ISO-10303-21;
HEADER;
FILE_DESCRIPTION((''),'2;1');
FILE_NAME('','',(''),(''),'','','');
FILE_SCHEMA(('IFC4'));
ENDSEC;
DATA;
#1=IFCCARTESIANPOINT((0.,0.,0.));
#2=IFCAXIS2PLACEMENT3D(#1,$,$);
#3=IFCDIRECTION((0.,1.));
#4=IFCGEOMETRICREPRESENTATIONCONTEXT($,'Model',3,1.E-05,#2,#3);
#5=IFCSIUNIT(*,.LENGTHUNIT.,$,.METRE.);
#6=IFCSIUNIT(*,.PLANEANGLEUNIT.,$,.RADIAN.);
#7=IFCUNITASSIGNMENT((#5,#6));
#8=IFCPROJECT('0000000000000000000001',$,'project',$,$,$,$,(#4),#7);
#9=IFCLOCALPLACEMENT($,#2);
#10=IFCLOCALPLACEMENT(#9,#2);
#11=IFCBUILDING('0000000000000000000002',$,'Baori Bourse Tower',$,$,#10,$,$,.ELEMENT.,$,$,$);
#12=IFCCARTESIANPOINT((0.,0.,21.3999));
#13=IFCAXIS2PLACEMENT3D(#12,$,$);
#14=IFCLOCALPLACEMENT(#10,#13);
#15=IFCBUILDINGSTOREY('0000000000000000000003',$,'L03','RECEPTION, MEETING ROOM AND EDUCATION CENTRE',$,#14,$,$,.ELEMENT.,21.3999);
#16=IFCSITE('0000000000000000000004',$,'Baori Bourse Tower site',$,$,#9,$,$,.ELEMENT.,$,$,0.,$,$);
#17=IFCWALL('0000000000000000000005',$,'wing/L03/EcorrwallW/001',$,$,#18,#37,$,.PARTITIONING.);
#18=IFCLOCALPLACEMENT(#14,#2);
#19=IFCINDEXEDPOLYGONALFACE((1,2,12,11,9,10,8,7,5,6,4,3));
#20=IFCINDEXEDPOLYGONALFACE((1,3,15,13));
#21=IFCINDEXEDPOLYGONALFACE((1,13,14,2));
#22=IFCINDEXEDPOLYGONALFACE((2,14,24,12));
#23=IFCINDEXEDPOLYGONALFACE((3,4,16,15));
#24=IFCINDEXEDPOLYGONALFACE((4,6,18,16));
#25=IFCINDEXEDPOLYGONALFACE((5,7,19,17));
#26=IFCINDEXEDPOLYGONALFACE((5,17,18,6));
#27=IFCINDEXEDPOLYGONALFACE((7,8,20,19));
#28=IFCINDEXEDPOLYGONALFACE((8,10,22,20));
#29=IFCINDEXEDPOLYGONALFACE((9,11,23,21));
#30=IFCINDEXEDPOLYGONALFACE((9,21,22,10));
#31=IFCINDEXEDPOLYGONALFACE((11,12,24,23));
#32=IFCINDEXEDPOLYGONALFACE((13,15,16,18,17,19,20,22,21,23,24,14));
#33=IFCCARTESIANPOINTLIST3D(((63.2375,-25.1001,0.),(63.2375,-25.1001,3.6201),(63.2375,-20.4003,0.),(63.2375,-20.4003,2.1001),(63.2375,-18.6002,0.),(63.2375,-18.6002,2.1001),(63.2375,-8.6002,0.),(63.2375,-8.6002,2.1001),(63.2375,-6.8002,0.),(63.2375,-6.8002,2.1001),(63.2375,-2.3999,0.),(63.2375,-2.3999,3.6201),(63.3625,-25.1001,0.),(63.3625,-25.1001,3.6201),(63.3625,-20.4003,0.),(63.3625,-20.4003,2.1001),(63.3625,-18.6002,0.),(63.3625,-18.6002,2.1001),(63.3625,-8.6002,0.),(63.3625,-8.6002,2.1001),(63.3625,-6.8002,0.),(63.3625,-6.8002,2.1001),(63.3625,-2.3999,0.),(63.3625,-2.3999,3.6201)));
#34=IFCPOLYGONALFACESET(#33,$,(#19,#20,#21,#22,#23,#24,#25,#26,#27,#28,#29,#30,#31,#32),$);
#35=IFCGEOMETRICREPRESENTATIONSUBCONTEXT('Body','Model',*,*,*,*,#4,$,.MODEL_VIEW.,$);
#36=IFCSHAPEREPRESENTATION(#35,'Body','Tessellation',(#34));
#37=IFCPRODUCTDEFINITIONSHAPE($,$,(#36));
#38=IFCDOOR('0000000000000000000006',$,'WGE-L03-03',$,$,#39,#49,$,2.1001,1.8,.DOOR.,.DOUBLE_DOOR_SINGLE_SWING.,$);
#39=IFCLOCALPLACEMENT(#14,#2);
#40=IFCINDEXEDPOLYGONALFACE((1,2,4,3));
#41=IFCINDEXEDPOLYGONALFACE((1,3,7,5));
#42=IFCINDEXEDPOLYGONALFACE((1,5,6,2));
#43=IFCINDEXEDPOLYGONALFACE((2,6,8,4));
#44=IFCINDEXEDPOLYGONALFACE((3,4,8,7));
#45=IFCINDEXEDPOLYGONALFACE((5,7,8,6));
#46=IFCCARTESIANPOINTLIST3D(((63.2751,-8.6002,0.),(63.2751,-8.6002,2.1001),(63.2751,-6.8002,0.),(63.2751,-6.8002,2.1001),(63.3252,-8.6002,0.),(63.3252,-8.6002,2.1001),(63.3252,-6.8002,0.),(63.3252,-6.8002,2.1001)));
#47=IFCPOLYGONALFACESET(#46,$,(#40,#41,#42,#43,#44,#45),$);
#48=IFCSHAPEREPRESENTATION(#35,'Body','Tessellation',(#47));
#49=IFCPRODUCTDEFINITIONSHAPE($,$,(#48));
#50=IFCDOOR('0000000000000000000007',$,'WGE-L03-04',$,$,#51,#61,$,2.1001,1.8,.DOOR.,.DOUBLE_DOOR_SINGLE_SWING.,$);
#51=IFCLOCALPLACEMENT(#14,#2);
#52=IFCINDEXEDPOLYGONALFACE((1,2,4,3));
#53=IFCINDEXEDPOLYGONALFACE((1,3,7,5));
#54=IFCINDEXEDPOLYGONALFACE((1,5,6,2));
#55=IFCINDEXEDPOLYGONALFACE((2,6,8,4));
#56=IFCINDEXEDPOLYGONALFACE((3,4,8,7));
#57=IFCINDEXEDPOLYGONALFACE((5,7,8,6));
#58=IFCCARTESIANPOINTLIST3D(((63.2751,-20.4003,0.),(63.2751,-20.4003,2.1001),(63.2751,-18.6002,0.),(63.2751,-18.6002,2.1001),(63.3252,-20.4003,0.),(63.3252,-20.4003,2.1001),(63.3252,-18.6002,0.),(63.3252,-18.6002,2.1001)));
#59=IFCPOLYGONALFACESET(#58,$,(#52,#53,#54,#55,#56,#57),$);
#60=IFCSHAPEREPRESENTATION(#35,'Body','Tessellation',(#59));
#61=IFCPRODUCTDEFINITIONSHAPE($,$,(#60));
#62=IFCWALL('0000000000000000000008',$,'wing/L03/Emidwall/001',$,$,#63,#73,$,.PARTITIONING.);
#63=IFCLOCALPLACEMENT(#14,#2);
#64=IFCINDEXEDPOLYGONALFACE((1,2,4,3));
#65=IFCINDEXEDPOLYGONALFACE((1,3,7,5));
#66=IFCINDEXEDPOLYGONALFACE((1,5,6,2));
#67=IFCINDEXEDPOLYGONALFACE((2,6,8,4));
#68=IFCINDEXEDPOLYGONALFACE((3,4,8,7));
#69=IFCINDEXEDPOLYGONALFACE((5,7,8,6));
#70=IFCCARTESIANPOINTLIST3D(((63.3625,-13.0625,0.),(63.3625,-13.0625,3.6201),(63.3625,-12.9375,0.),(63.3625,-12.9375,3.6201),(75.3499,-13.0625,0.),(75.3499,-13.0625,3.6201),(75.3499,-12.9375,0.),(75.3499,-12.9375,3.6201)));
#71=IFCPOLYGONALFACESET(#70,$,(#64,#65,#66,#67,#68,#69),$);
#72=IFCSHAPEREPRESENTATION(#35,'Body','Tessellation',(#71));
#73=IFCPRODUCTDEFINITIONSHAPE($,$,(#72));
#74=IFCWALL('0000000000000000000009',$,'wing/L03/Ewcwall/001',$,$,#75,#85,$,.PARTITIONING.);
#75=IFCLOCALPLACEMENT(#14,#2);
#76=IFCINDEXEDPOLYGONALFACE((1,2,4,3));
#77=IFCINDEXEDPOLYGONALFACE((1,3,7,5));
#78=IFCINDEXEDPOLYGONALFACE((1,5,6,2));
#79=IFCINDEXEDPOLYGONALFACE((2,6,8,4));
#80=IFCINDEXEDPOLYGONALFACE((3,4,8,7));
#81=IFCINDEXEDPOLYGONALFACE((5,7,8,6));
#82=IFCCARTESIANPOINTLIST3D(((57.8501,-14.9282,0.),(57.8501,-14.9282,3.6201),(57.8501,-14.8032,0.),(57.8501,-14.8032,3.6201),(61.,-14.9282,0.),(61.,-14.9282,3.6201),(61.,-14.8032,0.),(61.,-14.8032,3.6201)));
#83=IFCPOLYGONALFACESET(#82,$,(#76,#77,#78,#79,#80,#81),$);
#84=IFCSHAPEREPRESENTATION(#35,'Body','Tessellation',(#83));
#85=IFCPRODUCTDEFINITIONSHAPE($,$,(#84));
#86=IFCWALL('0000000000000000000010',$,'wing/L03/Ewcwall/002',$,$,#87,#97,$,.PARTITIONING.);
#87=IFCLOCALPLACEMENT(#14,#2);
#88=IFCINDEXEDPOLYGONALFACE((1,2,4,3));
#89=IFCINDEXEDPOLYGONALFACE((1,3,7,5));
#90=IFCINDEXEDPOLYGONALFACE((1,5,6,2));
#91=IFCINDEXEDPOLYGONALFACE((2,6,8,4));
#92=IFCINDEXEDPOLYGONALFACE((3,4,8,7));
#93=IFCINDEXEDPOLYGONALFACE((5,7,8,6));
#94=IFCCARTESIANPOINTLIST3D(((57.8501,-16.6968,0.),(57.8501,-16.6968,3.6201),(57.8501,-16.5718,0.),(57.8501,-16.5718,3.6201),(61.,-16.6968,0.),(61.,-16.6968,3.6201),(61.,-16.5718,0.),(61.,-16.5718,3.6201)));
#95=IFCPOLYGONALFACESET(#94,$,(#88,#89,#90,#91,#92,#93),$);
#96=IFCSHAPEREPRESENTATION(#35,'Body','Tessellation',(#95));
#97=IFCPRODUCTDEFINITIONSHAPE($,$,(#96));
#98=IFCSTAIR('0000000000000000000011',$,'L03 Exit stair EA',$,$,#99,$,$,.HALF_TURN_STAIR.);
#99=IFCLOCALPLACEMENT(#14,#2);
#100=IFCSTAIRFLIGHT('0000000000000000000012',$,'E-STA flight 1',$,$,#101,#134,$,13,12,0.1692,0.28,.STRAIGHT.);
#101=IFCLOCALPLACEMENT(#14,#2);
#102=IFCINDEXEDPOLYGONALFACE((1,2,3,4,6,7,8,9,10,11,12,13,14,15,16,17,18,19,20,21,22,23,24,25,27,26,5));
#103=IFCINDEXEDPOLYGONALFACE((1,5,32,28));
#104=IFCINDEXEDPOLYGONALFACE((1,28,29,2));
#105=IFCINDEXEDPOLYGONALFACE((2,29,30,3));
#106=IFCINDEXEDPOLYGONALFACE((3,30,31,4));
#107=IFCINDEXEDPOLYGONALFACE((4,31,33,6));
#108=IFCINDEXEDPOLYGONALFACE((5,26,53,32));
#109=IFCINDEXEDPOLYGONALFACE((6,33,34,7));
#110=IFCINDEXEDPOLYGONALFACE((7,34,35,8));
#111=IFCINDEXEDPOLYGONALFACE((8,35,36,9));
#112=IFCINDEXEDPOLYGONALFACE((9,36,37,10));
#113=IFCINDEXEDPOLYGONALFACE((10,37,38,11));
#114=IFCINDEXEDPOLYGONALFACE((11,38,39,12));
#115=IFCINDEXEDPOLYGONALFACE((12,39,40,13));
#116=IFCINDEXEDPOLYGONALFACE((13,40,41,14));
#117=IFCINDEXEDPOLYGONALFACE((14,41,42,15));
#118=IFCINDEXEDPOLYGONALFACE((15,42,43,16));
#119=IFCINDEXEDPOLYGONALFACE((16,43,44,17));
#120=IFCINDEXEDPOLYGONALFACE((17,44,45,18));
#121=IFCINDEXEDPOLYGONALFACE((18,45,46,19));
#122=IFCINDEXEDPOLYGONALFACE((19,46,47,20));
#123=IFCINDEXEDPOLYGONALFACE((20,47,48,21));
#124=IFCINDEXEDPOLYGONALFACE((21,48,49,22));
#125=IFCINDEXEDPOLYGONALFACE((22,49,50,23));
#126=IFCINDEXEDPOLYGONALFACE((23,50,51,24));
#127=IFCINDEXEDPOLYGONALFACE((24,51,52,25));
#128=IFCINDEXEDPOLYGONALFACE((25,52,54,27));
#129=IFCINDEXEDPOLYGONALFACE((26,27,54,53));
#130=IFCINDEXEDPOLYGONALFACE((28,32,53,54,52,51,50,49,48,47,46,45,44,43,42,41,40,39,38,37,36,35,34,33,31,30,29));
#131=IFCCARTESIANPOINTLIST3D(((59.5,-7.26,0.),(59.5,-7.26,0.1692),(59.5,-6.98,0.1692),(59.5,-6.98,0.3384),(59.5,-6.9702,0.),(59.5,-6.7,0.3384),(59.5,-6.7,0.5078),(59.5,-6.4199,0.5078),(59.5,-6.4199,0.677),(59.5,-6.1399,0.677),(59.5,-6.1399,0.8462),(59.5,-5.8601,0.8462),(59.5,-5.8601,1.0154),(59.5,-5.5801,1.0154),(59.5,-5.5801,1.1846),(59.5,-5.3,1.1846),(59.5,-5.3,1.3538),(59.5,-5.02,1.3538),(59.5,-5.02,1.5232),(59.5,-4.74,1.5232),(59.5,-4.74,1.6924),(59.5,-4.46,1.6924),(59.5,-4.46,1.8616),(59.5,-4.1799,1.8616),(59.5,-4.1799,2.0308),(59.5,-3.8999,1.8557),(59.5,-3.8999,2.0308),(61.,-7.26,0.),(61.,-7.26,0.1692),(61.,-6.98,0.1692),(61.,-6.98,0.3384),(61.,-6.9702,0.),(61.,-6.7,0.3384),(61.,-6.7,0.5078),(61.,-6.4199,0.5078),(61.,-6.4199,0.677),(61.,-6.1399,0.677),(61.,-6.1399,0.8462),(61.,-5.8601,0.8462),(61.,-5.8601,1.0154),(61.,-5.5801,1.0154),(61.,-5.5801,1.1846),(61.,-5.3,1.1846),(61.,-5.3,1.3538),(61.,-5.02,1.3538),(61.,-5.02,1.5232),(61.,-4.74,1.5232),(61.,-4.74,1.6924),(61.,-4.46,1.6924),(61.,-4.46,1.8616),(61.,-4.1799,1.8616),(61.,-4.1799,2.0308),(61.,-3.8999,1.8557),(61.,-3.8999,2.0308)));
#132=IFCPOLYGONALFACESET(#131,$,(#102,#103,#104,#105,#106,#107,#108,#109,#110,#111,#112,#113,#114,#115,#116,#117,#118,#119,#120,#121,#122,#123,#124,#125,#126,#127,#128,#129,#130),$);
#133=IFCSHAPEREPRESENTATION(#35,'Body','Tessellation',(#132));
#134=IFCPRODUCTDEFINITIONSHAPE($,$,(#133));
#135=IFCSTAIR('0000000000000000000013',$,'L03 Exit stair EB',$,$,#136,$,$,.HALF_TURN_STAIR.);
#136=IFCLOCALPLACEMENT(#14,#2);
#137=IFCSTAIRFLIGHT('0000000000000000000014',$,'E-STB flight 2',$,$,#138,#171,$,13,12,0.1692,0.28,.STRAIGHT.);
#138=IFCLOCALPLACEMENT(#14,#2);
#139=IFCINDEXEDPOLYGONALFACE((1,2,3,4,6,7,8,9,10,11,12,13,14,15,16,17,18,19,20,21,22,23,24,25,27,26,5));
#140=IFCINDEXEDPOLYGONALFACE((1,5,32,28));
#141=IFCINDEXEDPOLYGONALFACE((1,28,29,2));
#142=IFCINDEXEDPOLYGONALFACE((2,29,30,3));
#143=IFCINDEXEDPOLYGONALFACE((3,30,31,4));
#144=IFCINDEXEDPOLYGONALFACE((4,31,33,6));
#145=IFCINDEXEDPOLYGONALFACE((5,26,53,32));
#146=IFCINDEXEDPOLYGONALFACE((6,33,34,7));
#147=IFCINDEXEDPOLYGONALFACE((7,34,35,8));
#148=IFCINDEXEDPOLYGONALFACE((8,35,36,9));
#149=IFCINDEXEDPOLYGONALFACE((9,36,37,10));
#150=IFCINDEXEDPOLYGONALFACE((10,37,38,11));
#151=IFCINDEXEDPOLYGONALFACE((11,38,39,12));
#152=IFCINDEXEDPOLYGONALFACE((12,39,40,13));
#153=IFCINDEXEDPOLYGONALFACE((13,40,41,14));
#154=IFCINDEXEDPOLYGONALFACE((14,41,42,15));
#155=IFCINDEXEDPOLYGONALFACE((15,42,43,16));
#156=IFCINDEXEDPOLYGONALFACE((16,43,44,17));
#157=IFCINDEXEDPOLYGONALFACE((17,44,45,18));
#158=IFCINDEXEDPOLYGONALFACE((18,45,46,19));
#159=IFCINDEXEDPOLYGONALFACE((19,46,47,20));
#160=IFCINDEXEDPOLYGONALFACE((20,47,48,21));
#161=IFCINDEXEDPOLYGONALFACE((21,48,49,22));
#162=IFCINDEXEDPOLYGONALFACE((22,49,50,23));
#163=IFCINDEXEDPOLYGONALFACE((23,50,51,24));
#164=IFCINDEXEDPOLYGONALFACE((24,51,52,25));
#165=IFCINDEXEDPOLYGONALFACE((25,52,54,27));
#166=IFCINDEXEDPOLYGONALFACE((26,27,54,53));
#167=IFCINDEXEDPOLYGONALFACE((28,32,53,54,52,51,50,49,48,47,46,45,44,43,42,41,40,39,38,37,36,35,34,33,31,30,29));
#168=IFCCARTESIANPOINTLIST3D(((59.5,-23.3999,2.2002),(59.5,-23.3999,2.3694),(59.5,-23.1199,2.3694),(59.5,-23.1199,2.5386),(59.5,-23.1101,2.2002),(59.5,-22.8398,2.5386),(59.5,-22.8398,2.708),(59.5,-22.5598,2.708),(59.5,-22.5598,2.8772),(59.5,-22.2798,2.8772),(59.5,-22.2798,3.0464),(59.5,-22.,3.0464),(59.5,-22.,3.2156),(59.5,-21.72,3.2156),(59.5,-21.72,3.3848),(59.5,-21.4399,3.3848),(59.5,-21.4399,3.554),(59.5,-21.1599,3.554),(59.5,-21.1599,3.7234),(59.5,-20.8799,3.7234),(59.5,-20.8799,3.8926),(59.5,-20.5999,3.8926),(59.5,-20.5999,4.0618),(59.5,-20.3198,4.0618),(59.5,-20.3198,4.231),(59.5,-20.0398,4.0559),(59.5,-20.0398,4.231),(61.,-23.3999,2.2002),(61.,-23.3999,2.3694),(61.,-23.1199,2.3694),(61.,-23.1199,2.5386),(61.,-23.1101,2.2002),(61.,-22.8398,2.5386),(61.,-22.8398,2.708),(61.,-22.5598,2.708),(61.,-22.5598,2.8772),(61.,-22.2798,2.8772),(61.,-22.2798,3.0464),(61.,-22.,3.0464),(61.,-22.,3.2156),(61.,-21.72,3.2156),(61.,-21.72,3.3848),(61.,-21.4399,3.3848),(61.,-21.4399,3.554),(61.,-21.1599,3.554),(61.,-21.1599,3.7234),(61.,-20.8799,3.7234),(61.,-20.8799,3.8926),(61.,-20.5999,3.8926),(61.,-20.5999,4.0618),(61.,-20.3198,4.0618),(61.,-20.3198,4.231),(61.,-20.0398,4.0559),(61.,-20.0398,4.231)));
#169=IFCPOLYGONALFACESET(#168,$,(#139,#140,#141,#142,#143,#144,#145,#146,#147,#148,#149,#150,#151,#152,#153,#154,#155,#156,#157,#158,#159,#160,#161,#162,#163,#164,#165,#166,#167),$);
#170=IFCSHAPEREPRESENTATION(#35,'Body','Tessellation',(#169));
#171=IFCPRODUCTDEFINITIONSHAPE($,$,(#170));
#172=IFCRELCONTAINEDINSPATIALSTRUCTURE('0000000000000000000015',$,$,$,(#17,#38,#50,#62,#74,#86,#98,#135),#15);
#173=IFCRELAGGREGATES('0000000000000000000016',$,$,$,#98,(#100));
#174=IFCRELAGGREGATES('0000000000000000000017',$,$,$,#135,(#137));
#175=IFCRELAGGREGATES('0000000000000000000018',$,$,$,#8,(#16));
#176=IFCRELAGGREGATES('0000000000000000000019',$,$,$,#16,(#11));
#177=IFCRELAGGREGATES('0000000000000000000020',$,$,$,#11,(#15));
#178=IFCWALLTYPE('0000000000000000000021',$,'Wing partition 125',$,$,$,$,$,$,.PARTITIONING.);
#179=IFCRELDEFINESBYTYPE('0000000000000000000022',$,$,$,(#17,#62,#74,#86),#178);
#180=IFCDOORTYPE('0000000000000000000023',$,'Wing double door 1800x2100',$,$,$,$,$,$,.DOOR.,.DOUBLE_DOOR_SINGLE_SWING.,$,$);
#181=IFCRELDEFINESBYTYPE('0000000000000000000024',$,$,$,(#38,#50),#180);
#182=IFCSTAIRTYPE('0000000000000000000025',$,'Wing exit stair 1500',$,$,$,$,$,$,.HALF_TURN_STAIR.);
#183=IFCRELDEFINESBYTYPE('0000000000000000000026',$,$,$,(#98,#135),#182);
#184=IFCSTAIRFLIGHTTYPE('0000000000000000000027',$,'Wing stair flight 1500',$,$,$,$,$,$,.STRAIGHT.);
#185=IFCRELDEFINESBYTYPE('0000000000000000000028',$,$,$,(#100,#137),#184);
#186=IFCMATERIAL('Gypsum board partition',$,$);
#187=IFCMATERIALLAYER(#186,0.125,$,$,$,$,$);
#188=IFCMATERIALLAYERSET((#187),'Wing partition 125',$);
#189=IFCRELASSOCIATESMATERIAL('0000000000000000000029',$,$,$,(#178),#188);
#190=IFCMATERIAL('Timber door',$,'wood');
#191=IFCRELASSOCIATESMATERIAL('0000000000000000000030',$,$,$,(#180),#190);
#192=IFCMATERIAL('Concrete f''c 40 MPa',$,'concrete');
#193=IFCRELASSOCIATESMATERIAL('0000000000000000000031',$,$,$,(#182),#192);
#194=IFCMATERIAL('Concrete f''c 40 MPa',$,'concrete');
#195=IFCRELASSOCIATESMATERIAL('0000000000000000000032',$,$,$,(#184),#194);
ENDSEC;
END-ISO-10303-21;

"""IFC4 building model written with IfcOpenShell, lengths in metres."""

from ifc_helpers import new_model, si_unit, direction, frame, frame_2d, origin, place, context, subcontext, project, spatial, polyline, rectangle, outline, extrude, material, layer, layer_set, type_object, element, fill, aggregate, save


model = new_model("IFC4")

# Units and contexts
model_context = context("Model", 3, precision=1e-05, world=origin(), true_north=direction((0.0, 1.0)))
body_context = subcontext(model_context, "Body", "Model", "MODEL_VIEW")
ifc_project = project(units=[si_unit("LENGTHUNIT", "METRE"), si_unit("PLANEANGLEUNIT", "RADIAN")], contexts=[model_context])

# Site, building, storey
site_placement = place(None, origin())
site = spatial("IfcSite", under=ifc_project, at=site_placement, Name="Baori Bourse Tower site", CompositionType="ELEMENT", RefElevation=0.0)
building_placement = place(site_placement, origin())
building = spatial("IfcBuilding", under=site, at=building_placement, Name="Baori Bourse Tower", CompositionType="ELEMENT")
storey_placement = place(building_placement, frame((0.0, 0.0, 21.3999)))
storey = spatial("IfcBuildingStorey", under=building, at=storey_placement, Name="L03", Description="RECEPTION, MEETING ROOM AND EDUCATION CENTRE", CompositionType="ELEMENT", Elevation=21.3999)

# Wall, openings, doors
ifc_material_1 = material(Name="Gypsum board partition")
ifc_layer_1 = layer(ifc_material_1, 0.125)
ifc_layer_set_1 = layer_set([ifc_layer_1], Name="Wing partition 125")
wall_type_1 = type_object("IfcWallType", Name="Wing partition 125", PredefinedType="PARTITIONING", material=ifc_layer_set_1)
wall_1_placement = place(storey_placement, frame((63.3, -25.1001, 0.0), z_axis=(0.0, 0.0, 1.0), x_axis=(0.0, 1.0, 0.0)))
wall_1 = element("IfcWall", 1, at=wall_1_placement, inside=storey, type_object=wall_type_1, Name="wing/L03/EcorrwallW/001", PredefinedType="PARTITIONING", context=body_context, shape_type="SweptSolid", body=[
    extrude(rectangle(XDim=22.7002, YDim=0.125, at=frame_2d((11.3501, 0.0))), origin(), (0.0, 0.0, 1.0), 3.6201),
])
opening_1_placement = place(wall_1_placement, frame((16.5, 0.0, 0.0)))
opening_1 = element("IfcOpeningElement", 2, at=opening_1_placement, cuts=wall_1, PredefinedType="OPENING", context=body_context, shape_type="SweptSolid", body=[
    extrude(rectangle(XDim=1.8, YDim=2.1001, at=frame_2d((0.8999, 1.05))), frame((0.0, 0.0725, 0.0), z_axis=(0.0, -1.0, 0.0), x_axis=(1.0, 0.0, 0.0)), (0.0, 0.0, 1.0), 0.145),
])
opening_2_placement = place(wall_1_placement, frame((4.7, 0.0, 0.0)))
opening_2 = element("IfcOpeningElement", 3, at=opening_2_placement, cuts=wall_1, PredefinedType="OPENING", context=body_context, shape_type="SweptSolid", body=[
    extrude(rectangle(XDim=1.8, YDim=2.1001, at=frame_2d((0.8999, 1.05))), frame((0.0, 0.0725, 0.0), z_axis=(0.0, -1.0, 0.0), x_axis=(1.0, 0.0, 0.0)), (0.0, 0.0, 1.0), 0.145),
])
ifc_material_2 = material(Name="Timber door", Category="wood")
door_type_1 = type_object("IfcDoorType", Name="Wing double door 1800x2100", OperationType="DOUBLE_DOOR_SINGLE_SWING", PredefinedType="DOOR", material=ifc_material_2)
door_1_placement = place(opening_1_placement, origin())
door_1 = element("IfcDoor", 4, at=door_1_placement, inside=storey, type_object=door_type_1, Name="WGE-L03-03", OperationType="DOUBLE_DOOR_SINGLE_SWING", OverallHeight=2.1001, OverallWidth=1.8, PredefinedType="DOOR", context=body_context, shape_type="SweptSolid", body=[
    extrude(rectangle(XDim=1.8, YDim=2.1001, at=frame_2d((0.8999, 1.05))), frame((0.0, 0.0249, 0.0), z_axis=(0.0, -1.0, 0.0), x_axis=(1.0, 0.0, 0.0)), (0.0, 0.0, 1.0), 0.05),
])
fill(opening_1, door_1)
door_2_placement = place(opening_2_placement, origin())
door_2 = element("IfcDoor", 5, at=door_2_placement, inside=storey, type_object=door_type_1, Name="WGE-L03-04", OperationType="DOUBLE_DOOR_SINGLE_SWING", OverallHeight=2.1001, OverallWidth=1.8, PredefinedType="DOOR", context=body_context, shape_type="SweptSolid", body=[
    extrude(rectangle(XDim=1.8, YDim=2.1001, at=frame_2d((0.8999, 1.05))), frame((0.0, 0.0249, 0.0), z_axis=(0.0, -1.0, 0.0), x_axis=(1.0, 0.0, 0.0)), (0.0, 0.0, 1.0), 0.05),
])
fill(opening_2, door_2)

# Walls
wall_2_placement = place(storey_placement, frame((63.3625, -13.0, 0.0), z_axis=(0.0, 0.0, 1.0), x_axis=(1.0, 0.0, 0.0)))
element("IfcWall", 6, at=wall_2_placement, inside=storey, type_object=wall_type_1, Name="wing/L03/Emidwall/001", PredefinedType="PARTITIONING", context=body_context, shape_type="SweptSolid", body=[
    extrude(rectangle(XDim=11.9873, YDim=0.125, at=frame_2d((5.9937, 0.0))), origin(), (0.0, 0.0, 1.0), 3.6201),
])
for number, where, z_axis, x_axis, name in (
    (7, (61.0, -14.8657, 0.0), (0.0, 0.0, 1.0), (-1.0, 0.0, 0.0), "wing/L03/Ewcwall/001"),
    (8, (61.0, -16.6343, 0.0), (0.0, 0.0, 1.0), (-1.0, 0.0, 0.0), "wing/L03/Ewcwall/002"),
):
    element("IfcWall", number, at=place(storey_placement, frame(where, z_axis=z_axis, x_axis=x_axis)), inside=storey, type_object=wall_type_1, Name=name, PredefinedType="PARTITIONING", context=body_context, shape_type="SweptSolid", body=[
        extrude(rectangle(XDim=3.1499, YDim=0.125, at=frame_2d((1.575, 0.0))), origin(), (0.0, 0.0, 1.0), 3.6201),
    ])

# Stairs, stair flights
ifc_material_3 = material(Name="Concrete f'c 40 MPa", Category="concrete")
stair_type = type_object("IfcStairType", Name="Wing exit stair 1500", PredefinedType="HALF_TURN_STAIR", material=ifc_material_3)
stair_1_placement = place(storey_placement, origin())
stair_1 = element("IfcStair", 9, at=stair_1_placement, inside=storey, type_object=stair_type, Name="L03 Exit stair EA", PredefinedType="HALF_TURN_STAIR")
ifc_material_4 = material(Name="Concrete f'c 40 MPa", Category="concrete")
stair_flight_type = type_object("IfcStairFlightType", Name="Wing stair flight 1500", PredefinedType="STRAIGHT", material=ifc_material_4)
stair_flight_1_placement = place(storey_placement, frame((60.25, -7.26, 0.0), z_axis=(0.0, 0.0, 1.0), x_axis=(0.0, 1.0, 0.0)))
stair_flight_1 = element("IfcStairFlight", 10, at=stair_flight_1_placement, type_object=stair_flight_type, Name="E-STA flight 1", NumberOfRisers=13, NumberOfTreads=12, PredefinedType="STRAIGHT", RiserHeight=0.1692, TreadLength=0.28, context=body_context, shape_type="SweptSolid", body=[
    extrude(outline(polyline([(0.0, 0.0), (0.0, 0.1692), (0.28, 0.1692), (0.28, 0.3384), (0.5601, 0.3384), (0.5601, 0.5078), (0.8401, 0.5078), (0.8401, 0.677), (1.1201, 0.677), (1.1201, 0.8462), (1.3999, 0.8462), (1.3999, 1.0154), (1.6799, 1.0154), (1.6799, 1.1846), (1.96, 1.1846), (1.96, 1.3538), (2.24, 1.3538), (2.24, 1.5232), (2.52, 1.5232), (2.52, 1.6924), (2.8, 1.6924), (2.8, 1.8616), (3.0801, 1.8616), (3.0801, 2.0308), (3.3601, 2.0308), (3.3601, 2.2), (3.3601, 1.8557), (0.2898, 0.0), (0.0, 0.0)])), frame((0.0, 0.75, 0.0), z_axis=(0.0, -1.0, 0.0), x_axis=(1.0, 0.0, 0.0)), (0.0, 0.0, 1.0), 1.5),
])
aggregate(stair_1, [stair_flight_1])
stair_2_placement = place(storey_placement, origin())
stair_2 = element("IfcStair", 11, at=stair_2_placement, inside=storey, type_object=stair_type, Name="L03 Exit stair EB", PredefinedType="HALF_TURN_STAIR")
stair_flight_2_placement = place(storey_placement, frame((60.25, -23.3999, 2.2002), z_axis=(0.0, 0.0, 1.0), x_axis=(0.0, 1.0, 0.0)))
stair_flight_2 = element("IfcStairFlight", 12, at=stair_flight_2_placement, type_object=stair_flight_type, Name="E-STB flight 2", NumberOfRisers=13, NumberOfTreads=12, PredefinedType="STRAIGHT", RiserHeight=0.1692, TreadLength=0.28, context=body_context, shape_type="SweptSolid", body=[
    extrude(outline(polyline([(0.0, 0.0), (0.0, 0.1692), (0.28, 0.1692), (0.28, 0.3384), (0.5601, 0.3384), (0.5601, 0.5078), (0.8401, 0.5078), (0.8401, 0.677), (1.1201, 0.677), (1.1201, 0.8462), (1.3999, 0.8462), (1.3999, 1.0154), (1.6799, 1.0154), (1.6799, 1.1846), (1.96, 1.1846), (1.96, 1.3538), (2.24, 1.3538), (2.24, 1.5232), (2.52, 1.5232), (2.52, 1.6924), (2.8, 1.6924), (2.8, 1.8616), (3.0801, 1.8616), (3.0801, 2.0308), (3.3601, 2.0308), (3.3601, 2.2), (3.3601, 1.8557), (0.2898, 0.0), (0.0, 0.0)])), frame((0.0, 0.75, 0.0), z_axis=(0.0, -1.0, 0.0), x_axis=(1.0, 0.0, 0.0)), (0.0, 0.0, 1.0), 1.5),
])
aggregate(stair_2, [stair_flight_2])

save(model, "model.ifc")
